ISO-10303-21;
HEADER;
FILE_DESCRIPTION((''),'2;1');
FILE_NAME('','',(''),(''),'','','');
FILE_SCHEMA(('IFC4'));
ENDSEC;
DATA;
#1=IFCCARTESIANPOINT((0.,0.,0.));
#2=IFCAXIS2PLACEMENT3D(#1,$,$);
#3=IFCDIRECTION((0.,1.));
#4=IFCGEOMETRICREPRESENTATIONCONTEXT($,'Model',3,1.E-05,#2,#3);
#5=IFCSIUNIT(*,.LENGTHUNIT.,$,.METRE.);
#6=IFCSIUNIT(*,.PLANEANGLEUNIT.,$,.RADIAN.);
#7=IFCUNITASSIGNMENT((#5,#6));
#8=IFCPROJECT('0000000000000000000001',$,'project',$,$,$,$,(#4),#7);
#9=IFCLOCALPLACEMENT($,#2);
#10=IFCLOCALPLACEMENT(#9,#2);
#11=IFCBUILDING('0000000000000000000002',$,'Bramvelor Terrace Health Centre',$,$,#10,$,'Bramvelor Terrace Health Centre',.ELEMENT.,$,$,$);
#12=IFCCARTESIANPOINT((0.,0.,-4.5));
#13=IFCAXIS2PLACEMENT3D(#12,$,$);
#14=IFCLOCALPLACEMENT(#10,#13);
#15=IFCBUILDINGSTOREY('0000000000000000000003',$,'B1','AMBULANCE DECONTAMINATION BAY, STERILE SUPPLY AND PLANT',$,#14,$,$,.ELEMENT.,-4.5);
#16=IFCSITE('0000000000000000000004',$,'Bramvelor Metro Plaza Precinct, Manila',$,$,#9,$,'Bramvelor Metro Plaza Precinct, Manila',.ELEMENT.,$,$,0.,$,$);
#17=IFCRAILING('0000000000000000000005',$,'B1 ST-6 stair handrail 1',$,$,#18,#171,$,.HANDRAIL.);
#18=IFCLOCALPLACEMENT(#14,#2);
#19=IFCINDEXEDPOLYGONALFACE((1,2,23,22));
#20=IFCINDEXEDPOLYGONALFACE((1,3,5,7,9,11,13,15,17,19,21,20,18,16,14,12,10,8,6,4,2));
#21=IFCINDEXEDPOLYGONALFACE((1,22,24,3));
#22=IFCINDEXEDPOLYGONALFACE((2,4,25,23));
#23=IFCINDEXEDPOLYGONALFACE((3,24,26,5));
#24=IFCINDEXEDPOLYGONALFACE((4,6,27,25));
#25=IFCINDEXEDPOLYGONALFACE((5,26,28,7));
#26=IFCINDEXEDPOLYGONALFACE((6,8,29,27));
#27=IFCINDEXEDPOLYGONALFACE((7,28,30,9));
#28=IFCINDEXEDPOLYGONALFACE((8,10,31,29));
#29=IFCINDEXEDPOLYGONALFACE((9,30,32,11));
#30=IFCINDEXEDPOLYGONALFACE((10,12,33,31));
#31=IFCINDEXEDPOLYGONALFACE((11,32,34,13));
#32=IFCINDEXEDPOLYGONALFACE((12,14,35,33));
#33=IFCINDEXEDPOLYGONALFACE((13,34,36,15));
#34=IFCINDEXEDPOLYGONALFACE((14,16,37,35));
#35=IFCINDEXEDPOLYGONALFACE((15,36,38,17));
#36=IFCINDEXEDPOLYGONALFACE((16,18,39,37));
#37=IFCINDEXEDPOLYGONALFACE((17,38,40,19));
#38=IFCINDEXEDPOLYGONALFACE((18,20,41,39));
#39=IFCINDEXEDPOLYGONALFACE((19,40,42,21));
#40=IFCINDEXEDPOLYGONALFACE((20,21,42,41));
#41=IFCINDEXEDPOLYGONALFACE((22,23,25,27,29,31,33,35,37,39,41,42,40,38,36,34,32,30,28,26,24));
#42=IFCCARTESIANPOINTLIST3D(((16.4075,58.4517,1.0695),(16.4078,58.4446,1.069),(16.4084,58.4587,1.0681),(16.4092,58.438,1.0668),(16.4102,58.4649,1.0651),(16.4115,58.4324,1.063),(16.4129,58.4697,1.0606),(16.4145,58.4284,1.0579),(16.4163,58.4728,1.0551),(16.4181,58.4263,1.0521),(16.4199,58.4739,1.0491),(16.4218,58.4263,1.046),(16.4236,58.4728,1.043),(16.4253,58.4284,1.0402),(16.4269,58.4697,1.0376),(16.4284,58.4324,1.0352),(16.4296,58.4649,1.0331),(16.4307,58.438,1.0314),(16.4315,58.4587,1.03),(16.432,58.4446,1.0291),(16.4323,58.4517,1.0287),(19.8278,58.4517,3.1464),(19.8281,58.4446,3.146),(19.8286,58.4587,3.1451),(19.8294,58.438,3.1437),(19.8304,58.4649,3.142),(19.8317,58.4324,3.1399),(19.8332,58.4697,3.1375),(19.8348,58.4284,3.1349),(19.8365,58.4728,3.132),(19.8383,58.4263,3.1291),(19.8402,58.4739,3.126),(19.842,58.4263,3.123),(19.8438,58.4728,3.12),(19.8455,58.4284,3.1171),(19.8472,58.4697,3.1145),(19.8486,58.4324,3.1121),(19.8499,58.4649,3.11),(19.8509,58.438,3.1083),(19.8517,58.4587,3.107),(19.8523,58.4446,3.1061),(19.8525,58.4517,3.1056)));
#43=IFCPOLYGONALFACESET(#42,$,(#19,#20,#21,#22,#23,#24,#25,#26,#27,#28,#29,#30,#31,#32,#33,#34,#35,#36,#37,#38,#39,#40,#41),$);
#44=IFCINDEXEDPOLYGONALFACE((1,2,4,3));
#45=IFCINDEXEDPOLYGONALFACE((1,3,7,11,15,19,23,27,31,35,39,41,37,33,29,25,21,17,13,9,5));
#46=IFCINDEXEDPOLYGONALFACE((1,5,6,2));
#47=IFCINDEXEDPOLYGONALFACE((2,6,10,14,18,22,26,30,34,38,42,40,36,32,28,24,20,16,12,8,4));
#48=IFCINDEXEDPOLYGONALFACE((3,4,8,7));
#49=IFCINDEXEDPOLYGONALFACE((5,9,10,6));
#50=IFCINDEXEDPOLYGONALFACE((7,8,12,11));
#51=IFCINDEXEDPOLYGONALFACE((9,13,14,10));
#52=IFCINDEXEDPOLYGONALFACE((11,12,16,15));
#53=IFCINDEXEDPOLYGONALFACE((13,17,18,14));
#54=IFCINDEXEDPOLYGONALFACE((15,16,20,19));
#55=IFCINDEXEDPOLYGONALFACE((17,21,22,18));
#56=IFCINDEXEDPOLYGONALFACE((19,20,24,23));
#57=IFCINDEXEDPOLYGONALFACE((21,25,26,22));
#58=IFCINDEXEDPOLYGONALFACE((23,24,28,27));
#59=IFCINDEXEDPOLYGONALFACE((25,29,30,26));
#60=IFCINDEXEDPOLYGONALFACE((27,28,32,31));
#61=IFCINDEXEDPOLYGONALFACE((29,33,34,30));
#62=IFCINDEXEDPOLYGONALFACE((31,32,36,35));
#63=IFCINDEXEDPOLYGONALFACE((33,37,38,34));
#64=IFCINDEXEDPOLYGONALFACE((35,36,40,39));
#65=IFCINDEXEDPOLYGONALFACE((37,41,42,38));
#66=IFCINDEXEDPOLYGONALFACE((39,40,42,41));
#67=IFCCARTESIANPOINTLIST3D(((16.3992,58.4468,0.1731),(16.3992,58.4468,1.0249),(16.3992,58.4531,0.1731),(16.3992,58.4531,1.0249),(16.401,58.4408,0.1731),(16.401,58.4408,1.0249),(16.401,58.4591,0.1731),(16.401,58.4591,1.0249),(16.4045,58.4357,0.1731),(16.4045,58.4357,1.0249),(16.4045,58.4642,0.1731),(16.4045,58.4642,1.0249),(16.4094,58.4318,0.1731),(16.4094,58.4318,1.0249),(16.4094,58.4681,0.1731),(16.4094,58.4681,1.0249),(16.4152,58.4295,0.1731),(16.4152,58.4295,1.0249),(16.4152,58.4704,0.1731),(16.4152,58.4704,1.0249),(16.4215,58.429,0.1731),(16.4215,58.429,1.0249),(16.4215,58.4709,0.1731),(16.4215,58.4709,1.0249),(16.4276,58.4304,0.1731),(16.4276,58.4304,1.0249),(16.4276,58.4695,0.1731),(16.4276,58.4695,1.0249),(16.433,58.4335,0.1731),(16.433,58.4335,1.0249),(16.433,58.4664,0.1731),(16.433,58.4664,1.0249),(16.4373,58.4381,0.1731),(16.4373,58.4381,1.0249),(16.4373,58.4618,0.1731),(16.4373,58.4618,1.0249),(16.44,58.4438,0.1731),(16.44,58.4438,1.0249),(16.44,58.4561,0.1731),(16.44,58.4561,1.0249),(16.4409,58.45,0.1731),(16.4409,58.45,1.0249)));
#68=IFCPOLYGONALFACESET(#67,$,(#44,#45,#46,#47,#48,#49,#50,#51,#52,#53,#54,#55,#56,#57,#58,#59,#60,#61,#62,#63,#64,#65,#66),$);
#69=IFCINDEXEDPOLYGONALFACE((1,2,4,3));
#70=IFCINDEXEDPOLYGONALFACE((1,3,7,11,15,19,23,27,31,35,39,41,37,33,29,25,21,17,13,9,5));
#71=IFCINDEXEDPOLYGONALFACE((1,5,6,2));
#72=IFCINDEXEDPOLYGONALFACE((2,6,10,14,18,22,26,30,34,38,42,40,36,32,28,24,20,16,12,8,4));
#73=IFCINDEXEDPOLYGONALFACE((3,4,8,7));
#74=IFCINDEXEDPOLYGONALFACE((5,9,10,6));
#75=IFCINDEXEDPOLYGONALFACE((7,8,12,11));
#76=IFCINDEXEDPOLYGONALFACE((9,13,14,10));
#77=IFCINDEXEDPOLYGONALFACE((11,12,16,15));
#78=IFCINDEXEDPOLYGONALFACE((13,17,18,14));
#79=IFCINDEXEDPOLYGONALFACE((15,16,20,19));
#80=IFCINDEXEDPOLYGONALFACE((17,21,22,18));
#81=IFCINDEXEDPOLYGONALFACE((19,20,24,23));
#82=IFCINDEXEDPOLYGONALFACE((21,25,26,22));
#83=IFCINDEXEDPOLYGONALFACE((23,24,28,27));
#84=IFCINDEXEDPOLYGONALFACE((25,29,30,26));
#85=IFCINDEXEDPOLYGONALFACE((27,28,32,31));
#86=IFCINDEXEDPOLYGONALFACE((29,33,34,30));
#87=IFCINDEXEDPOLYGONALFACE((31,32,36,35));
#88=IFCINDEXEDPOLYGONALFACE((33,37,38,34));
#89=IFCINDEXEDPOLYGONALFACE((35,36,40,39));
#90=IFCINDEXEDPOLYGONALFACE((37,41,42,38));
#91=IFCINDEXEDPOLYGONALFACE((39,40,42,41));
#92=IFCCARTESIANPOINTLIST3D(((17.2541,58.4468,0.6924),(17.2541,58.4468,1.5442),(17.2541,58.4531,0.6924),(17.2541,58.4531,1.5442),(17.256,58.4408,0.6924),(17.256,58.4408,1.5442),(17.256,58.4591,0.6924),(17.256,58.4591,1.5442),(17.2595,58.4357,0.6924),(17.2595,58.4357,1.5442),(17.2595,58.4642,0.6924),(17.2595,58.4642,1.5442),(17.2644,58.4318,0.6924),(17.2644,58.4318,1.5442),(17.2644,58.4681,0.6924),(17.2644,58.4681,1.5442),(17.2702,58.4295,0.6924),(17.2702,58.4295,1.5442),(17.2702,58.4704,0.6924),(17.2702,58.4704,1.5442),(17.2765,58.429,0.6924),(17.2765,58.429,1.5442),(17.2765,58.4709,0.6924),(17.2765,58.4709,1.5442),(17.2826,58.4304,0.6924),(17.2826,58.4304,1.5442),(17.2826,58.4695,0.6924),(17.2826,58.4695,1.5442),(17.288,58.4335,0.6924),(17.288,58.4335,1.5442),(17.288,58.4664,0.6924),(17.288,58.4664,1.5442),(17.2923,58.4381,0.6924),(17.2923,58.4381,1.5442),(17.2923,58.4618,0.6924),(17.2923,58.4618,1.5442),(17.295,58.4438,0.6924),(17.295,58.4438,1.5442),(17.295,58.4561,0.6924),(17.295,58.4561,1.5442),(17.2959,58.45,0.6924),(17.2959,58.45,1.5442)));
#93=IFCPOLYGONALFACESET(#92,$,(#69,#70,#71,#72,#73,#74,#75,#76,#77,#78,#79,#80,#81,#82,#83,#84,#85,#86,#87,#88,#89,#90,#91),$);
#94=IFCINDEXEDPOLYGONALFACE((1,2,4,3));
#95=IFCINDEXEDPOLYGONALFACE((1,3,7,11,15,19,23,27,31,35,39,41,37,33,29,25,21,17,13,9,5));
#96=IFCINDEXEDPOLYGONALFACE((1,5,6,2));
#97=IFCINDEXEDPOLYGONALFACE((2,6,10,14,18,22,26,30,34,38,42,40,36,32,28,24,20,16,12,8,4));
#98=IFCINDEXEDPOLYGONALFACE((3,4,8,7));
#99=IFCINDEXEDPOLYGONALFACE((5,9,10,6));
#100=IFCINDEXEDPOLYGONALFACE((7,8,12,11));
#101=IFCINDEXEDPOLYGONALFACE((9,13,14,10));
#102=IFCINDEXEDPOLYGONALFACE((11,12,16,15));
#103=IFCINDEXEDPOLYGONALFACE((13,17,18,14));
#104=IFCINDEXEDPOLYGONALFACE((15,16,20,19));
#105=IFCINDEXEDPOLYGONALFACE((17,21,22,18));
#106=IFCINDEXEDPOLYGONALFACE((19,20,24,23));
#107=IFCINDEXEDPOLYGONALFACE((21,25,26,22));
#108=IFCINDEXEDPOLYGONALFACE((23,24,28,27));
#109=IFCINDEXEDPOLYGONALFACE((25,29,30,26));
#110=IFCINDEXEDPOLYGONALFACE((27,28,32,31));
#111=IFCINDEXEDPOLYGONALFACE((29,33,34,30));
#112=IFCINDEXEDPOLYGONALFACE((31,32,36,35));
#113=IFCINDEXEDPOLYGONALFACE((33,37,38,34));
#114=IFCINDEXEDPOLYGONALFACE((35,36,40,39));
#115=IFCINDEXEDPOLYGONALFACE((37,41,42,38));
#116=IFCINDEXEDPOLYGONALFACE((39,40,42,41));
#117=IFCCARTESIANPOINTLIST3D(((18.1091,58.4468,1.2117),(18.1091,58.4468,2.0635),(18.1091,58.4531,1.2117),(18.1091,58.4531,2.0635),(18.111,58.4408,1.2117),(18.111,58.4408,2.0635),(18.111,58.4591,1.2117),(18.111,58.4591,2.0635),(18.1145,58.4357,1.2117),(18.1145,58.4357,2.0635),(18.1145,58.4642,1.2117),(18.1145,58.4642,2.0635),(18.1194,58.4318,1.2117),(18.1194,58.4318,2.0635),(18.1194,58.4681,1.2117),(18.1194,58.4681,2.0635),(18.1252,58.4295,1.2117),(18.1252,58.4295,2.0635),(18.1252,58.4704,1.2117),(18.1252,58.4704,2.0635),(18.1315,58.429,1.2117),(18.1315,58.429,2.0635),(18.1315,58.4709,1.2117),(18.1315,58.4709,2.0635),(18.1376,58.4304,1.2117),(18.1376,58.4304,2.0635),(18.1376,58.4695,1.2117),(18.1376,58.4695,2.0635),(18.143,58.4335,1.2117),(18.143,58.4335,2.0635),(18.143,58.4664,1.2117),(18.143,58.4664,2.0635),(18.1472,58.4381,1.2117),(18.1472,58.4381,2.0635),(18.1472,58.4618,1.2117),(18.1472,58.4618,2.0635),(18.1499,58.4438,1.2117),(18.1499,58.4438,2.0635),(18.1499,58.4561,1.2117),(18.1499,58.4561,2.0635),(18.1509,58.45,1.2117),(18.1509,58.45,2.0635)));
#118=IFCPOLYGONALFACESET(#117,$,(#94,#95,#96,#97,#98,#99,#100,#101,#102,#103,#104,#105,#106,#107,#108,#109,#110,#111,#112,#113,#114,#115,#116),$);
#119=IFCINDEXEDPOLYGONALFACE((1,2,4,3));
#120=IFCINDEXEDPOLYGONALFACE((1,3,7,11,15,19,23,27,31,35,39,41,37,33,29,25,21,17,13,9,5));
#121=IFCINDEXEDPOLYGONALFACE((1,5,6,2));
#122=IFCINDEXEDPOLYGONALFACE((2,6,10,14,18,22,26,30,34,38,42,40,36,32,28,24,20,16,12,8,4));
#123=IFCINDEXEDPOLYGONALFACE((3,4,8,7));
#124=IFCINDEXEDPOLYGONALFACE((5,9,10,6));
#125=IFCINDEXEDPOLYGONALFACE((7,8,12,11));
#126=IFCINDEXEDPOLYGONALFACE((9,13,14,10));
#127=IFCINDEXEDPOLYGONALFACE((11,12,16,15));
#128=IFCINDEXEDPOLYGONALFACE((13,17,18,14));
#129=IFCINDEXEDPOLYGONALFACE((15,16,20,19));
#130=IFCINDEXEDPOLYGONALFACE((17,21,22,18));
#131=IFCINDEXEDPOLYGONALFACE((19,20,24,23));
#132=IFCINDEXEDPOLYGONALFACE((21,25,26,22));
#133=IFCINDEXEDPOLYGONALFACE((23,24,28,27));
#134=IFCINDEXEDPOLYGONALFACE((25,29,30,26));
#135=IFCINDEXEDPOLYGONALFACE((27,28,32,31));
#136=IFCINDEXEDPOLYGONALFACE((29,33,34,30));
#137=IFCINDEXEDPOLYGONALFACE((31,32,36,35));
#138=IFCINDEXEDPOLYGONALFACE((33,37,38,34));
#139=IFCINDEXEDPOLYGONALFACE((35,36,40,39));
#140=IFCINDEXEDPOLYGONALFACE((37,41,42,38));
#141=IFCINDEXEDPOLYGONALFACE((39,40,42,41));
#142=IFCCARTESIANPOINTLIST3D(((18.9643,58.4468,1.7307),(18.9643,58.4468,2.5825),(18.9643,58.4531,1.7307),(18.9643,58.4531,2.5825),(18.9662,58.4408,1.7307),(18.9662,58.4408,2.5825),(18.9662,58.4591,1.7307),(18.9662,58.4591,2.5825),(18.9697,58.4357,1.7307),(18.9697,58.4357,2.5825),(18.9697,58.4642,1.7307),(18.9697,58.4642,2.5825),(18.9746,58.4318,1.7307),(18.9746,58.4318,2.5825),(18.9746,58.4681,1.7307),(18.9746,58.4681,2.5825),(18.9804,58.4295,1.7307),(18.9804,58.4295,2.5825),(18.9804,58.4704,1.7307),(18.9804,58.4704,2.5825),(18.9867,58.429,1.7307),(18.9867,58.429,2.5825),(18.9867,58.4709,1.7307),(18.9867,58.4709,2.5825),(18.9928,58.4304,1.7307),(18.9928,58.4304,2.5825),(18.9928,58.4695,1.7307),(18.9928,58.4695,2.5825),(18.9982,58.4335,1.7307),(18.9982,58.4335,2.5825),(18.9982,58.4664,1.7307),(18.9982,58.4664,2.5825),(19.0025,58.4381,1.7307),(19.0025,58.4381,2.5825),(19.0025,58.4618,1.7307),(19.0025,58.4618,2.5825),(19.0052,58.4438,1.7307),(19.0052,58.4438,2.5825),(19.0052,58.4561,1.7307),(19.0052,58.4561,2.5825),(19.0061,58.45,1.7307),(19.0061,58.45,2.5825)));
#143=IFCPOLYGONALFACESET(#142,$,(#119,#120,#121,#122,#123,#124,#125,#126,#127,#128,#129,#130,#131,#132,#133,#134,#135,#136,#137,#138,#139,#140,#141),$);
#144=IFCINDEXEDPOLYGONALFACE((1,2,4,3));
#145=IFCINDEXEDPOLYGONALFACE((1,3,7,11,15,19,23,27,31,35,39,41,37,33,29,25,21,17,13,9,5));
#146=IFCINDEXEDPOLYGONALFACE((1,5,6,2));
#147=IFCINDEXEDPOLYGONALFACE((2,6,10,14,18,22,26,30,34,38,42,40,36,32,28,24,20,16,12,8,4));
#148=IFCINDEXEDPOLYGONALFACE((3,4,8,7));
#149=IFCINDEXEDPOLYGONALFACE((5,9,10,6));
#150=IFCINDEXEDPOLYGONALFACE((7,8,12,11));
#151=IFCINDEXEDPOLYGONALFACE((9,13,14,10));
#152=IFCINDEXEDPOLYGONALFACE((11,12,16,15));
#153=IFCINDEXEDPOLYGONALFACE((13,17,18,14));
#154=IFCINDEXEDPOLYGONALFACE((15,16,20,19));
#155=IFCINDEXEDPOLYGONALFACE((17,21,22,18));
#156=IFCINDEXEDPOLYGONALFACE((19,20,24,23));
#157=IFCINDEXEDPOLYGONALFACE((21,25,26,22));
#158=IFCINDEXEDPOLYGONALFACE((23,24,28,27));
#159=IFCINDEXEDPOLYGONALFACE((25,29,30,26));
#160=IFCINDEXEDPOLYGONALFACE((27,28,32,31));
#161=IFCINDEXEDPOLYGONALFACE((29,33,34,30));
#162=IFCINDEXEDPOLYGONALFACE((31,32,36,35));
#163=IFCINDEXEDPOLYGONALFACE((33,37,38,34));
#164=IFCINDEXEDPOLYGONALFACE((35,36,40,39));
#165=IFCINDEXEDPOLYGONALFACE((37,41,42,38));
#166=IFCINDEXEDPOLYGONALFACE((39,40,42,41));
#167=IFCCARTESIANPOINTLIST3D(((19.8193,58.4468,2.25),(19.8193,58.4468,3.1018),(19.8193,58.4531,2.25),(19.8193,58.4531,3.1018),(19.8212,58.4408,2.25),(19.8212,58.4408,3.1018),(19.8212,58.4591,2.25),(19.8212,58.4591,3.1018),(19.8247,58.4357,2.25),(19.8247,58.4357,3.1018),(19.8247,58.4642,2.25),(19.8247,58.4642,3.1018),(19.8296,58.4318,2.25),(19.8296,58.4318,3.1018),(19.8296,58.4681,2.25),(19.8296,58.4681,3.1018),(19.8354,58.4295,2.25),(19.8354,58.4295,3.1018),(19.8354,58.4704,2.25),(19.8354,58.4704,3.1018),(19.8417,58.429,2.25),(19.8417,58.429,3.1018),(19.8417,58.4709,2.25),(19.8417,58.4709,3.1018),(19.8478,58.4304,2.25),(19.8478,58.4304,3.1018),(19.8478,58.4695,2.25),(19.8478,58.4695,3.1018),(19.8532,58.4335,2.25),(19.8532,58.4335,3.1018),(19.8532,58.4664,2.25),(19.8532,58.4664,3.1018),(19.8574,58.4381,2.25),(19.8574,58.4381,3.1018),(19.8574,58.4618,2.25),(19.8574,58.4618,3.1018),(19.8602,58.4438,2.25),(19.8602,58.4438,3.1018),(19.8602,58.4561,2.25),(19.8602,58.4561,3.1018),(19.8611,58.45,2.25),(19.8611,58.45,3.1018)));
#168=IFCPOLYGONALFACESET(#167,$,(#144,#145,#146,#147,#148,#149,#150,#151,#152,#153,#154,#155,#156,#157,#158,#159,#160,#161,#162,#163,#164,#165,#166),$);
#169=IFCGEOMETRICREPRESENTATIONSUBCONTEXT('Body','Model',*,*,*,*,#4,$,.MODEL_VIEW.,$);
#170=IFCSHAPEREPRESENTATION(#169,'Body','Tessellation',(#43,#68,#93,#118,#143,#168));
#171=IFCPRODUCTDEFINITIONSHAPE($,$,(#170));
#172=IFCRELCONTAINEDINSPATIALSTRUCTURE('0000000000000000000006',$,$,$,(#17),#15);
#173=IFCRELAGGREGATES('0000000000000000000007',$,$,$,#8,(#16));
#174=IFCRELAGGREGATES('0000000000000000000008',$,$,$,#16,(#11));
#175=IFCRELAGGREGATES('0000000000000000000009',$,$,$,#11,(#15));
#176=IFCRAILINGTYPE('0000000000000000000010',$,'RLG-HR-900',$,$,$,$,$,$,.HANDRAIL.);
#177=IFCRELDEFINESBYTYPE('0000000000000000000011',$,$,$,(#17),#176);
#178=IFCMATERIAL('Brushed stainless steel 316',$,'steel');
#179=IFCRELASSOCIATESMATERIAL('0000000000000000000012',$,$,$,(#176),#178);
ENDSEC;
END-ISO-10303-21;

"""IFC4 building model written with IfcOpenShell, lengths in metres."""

from ifc_helpers import new_model, si_unit, direction, frame, origin, origin_2d, place, context, subcontext, project, spatial, circle, extrude, material, type_object, element, save


model = new_model("IFC4")

# Units and contexts
model_context = context("Model", 3, precision=1e-05, world=origin(), true_north=direction((0.0, 1.0)))
body_context = subcontext(model_context, "Body", "Model", "MODEL_VIEW")
ifc_project = project(units=[si_unit("LENGTHUNIT", "METRE"), si_unit("PLANEANGLEUNIT", "RADIAN")], contexts=[model_context])

# Site, building, storey
site_placement = place(None, origin())
site = spatial("IfcSite", under=ifc_project, at=site_placement, Name="Bramvelor Metro Plaza Precinct, Manila", LongName="Bramvelor Metro Plaza Precinct, Manila", CompositionType="ELEMENT", RefElevation=0.0)
building_placement = place(site_placement, origin())
building = spatial("IfcBuilding", under=site, at=building_placement, Name="Bramvelor Terrace Health Centre", LongName="Bramvelor Terrace Health Centre", CompositionType="ELEMENT")
storey_placement = place(building_placement, frame((0.0, 0.0, -4.5)))
storey = spatial("IfcBuildingStorey", under=building, at=storey_placement, Name="B1", Description="AMBULANCE DECONTAMINATION BAY, STERILE SUPPLY AND PLANT", CompositionType="ELEMENT", Elevation=-4.5)

# Railing
ifc_material_1 = material(Name="Brushed stainless steel 316", Category="steel")
railing_type_1 = type_object("IfcRailingType", Name="RLG-HR-900", PredefinedType="HANDRAIL", material=ifc_material_1)
railing_1_placement = place(storey_placement, frame((16.4199, 58.45, 0.1731)))
element("IfcRailing", 1, at=railing_1_placement, inside=storey, type_object=railing_type_1, Name="B1 ST-6 stair handrail 1", PredefinedType="HANDRAIL", context=body_context, shape_type="SweptSolid", body=[
    extrude(circle(Radius=0.0239, at=origin_2d()), frame((0.0, 0.0, 0.876), z_axis=(0.854746, 0.0, 0.519047), x_axis=(0.0, 1.0, 0.0)), (0.0, 0.0, 1.0), 4.0015),
    extrude(circle(Radius=0.021, at=origin_2d()), origin(), (0.0, 0.0, 1.0), 0.8518),
    extrude(circle(Radius=0.021, at=origin_2d()), frame((0.855, 0.0, 0.5193)), (0.0, 0.0, 1.0), 0.8518),
    extrude(circle(Radius=0.021, at=origin_2d()), frame((1.71, 0.0, 1.0386)), (0.0, 0.0, 1.0), 0.8518),
    extrude(circle(Radius=0.021, at=origin_2d()), frame((2.5652, 0.0, 1.5576)), (0.0, 0.0, 1.0), 0.8518),
    extrude(circle(Radius=0.021, at=origin_2d()), frame((3.4202, 0.0, 2.0769)), (0.0, 0.0, 1.0), 0.8518),
])

save(model, "model.ifc")
